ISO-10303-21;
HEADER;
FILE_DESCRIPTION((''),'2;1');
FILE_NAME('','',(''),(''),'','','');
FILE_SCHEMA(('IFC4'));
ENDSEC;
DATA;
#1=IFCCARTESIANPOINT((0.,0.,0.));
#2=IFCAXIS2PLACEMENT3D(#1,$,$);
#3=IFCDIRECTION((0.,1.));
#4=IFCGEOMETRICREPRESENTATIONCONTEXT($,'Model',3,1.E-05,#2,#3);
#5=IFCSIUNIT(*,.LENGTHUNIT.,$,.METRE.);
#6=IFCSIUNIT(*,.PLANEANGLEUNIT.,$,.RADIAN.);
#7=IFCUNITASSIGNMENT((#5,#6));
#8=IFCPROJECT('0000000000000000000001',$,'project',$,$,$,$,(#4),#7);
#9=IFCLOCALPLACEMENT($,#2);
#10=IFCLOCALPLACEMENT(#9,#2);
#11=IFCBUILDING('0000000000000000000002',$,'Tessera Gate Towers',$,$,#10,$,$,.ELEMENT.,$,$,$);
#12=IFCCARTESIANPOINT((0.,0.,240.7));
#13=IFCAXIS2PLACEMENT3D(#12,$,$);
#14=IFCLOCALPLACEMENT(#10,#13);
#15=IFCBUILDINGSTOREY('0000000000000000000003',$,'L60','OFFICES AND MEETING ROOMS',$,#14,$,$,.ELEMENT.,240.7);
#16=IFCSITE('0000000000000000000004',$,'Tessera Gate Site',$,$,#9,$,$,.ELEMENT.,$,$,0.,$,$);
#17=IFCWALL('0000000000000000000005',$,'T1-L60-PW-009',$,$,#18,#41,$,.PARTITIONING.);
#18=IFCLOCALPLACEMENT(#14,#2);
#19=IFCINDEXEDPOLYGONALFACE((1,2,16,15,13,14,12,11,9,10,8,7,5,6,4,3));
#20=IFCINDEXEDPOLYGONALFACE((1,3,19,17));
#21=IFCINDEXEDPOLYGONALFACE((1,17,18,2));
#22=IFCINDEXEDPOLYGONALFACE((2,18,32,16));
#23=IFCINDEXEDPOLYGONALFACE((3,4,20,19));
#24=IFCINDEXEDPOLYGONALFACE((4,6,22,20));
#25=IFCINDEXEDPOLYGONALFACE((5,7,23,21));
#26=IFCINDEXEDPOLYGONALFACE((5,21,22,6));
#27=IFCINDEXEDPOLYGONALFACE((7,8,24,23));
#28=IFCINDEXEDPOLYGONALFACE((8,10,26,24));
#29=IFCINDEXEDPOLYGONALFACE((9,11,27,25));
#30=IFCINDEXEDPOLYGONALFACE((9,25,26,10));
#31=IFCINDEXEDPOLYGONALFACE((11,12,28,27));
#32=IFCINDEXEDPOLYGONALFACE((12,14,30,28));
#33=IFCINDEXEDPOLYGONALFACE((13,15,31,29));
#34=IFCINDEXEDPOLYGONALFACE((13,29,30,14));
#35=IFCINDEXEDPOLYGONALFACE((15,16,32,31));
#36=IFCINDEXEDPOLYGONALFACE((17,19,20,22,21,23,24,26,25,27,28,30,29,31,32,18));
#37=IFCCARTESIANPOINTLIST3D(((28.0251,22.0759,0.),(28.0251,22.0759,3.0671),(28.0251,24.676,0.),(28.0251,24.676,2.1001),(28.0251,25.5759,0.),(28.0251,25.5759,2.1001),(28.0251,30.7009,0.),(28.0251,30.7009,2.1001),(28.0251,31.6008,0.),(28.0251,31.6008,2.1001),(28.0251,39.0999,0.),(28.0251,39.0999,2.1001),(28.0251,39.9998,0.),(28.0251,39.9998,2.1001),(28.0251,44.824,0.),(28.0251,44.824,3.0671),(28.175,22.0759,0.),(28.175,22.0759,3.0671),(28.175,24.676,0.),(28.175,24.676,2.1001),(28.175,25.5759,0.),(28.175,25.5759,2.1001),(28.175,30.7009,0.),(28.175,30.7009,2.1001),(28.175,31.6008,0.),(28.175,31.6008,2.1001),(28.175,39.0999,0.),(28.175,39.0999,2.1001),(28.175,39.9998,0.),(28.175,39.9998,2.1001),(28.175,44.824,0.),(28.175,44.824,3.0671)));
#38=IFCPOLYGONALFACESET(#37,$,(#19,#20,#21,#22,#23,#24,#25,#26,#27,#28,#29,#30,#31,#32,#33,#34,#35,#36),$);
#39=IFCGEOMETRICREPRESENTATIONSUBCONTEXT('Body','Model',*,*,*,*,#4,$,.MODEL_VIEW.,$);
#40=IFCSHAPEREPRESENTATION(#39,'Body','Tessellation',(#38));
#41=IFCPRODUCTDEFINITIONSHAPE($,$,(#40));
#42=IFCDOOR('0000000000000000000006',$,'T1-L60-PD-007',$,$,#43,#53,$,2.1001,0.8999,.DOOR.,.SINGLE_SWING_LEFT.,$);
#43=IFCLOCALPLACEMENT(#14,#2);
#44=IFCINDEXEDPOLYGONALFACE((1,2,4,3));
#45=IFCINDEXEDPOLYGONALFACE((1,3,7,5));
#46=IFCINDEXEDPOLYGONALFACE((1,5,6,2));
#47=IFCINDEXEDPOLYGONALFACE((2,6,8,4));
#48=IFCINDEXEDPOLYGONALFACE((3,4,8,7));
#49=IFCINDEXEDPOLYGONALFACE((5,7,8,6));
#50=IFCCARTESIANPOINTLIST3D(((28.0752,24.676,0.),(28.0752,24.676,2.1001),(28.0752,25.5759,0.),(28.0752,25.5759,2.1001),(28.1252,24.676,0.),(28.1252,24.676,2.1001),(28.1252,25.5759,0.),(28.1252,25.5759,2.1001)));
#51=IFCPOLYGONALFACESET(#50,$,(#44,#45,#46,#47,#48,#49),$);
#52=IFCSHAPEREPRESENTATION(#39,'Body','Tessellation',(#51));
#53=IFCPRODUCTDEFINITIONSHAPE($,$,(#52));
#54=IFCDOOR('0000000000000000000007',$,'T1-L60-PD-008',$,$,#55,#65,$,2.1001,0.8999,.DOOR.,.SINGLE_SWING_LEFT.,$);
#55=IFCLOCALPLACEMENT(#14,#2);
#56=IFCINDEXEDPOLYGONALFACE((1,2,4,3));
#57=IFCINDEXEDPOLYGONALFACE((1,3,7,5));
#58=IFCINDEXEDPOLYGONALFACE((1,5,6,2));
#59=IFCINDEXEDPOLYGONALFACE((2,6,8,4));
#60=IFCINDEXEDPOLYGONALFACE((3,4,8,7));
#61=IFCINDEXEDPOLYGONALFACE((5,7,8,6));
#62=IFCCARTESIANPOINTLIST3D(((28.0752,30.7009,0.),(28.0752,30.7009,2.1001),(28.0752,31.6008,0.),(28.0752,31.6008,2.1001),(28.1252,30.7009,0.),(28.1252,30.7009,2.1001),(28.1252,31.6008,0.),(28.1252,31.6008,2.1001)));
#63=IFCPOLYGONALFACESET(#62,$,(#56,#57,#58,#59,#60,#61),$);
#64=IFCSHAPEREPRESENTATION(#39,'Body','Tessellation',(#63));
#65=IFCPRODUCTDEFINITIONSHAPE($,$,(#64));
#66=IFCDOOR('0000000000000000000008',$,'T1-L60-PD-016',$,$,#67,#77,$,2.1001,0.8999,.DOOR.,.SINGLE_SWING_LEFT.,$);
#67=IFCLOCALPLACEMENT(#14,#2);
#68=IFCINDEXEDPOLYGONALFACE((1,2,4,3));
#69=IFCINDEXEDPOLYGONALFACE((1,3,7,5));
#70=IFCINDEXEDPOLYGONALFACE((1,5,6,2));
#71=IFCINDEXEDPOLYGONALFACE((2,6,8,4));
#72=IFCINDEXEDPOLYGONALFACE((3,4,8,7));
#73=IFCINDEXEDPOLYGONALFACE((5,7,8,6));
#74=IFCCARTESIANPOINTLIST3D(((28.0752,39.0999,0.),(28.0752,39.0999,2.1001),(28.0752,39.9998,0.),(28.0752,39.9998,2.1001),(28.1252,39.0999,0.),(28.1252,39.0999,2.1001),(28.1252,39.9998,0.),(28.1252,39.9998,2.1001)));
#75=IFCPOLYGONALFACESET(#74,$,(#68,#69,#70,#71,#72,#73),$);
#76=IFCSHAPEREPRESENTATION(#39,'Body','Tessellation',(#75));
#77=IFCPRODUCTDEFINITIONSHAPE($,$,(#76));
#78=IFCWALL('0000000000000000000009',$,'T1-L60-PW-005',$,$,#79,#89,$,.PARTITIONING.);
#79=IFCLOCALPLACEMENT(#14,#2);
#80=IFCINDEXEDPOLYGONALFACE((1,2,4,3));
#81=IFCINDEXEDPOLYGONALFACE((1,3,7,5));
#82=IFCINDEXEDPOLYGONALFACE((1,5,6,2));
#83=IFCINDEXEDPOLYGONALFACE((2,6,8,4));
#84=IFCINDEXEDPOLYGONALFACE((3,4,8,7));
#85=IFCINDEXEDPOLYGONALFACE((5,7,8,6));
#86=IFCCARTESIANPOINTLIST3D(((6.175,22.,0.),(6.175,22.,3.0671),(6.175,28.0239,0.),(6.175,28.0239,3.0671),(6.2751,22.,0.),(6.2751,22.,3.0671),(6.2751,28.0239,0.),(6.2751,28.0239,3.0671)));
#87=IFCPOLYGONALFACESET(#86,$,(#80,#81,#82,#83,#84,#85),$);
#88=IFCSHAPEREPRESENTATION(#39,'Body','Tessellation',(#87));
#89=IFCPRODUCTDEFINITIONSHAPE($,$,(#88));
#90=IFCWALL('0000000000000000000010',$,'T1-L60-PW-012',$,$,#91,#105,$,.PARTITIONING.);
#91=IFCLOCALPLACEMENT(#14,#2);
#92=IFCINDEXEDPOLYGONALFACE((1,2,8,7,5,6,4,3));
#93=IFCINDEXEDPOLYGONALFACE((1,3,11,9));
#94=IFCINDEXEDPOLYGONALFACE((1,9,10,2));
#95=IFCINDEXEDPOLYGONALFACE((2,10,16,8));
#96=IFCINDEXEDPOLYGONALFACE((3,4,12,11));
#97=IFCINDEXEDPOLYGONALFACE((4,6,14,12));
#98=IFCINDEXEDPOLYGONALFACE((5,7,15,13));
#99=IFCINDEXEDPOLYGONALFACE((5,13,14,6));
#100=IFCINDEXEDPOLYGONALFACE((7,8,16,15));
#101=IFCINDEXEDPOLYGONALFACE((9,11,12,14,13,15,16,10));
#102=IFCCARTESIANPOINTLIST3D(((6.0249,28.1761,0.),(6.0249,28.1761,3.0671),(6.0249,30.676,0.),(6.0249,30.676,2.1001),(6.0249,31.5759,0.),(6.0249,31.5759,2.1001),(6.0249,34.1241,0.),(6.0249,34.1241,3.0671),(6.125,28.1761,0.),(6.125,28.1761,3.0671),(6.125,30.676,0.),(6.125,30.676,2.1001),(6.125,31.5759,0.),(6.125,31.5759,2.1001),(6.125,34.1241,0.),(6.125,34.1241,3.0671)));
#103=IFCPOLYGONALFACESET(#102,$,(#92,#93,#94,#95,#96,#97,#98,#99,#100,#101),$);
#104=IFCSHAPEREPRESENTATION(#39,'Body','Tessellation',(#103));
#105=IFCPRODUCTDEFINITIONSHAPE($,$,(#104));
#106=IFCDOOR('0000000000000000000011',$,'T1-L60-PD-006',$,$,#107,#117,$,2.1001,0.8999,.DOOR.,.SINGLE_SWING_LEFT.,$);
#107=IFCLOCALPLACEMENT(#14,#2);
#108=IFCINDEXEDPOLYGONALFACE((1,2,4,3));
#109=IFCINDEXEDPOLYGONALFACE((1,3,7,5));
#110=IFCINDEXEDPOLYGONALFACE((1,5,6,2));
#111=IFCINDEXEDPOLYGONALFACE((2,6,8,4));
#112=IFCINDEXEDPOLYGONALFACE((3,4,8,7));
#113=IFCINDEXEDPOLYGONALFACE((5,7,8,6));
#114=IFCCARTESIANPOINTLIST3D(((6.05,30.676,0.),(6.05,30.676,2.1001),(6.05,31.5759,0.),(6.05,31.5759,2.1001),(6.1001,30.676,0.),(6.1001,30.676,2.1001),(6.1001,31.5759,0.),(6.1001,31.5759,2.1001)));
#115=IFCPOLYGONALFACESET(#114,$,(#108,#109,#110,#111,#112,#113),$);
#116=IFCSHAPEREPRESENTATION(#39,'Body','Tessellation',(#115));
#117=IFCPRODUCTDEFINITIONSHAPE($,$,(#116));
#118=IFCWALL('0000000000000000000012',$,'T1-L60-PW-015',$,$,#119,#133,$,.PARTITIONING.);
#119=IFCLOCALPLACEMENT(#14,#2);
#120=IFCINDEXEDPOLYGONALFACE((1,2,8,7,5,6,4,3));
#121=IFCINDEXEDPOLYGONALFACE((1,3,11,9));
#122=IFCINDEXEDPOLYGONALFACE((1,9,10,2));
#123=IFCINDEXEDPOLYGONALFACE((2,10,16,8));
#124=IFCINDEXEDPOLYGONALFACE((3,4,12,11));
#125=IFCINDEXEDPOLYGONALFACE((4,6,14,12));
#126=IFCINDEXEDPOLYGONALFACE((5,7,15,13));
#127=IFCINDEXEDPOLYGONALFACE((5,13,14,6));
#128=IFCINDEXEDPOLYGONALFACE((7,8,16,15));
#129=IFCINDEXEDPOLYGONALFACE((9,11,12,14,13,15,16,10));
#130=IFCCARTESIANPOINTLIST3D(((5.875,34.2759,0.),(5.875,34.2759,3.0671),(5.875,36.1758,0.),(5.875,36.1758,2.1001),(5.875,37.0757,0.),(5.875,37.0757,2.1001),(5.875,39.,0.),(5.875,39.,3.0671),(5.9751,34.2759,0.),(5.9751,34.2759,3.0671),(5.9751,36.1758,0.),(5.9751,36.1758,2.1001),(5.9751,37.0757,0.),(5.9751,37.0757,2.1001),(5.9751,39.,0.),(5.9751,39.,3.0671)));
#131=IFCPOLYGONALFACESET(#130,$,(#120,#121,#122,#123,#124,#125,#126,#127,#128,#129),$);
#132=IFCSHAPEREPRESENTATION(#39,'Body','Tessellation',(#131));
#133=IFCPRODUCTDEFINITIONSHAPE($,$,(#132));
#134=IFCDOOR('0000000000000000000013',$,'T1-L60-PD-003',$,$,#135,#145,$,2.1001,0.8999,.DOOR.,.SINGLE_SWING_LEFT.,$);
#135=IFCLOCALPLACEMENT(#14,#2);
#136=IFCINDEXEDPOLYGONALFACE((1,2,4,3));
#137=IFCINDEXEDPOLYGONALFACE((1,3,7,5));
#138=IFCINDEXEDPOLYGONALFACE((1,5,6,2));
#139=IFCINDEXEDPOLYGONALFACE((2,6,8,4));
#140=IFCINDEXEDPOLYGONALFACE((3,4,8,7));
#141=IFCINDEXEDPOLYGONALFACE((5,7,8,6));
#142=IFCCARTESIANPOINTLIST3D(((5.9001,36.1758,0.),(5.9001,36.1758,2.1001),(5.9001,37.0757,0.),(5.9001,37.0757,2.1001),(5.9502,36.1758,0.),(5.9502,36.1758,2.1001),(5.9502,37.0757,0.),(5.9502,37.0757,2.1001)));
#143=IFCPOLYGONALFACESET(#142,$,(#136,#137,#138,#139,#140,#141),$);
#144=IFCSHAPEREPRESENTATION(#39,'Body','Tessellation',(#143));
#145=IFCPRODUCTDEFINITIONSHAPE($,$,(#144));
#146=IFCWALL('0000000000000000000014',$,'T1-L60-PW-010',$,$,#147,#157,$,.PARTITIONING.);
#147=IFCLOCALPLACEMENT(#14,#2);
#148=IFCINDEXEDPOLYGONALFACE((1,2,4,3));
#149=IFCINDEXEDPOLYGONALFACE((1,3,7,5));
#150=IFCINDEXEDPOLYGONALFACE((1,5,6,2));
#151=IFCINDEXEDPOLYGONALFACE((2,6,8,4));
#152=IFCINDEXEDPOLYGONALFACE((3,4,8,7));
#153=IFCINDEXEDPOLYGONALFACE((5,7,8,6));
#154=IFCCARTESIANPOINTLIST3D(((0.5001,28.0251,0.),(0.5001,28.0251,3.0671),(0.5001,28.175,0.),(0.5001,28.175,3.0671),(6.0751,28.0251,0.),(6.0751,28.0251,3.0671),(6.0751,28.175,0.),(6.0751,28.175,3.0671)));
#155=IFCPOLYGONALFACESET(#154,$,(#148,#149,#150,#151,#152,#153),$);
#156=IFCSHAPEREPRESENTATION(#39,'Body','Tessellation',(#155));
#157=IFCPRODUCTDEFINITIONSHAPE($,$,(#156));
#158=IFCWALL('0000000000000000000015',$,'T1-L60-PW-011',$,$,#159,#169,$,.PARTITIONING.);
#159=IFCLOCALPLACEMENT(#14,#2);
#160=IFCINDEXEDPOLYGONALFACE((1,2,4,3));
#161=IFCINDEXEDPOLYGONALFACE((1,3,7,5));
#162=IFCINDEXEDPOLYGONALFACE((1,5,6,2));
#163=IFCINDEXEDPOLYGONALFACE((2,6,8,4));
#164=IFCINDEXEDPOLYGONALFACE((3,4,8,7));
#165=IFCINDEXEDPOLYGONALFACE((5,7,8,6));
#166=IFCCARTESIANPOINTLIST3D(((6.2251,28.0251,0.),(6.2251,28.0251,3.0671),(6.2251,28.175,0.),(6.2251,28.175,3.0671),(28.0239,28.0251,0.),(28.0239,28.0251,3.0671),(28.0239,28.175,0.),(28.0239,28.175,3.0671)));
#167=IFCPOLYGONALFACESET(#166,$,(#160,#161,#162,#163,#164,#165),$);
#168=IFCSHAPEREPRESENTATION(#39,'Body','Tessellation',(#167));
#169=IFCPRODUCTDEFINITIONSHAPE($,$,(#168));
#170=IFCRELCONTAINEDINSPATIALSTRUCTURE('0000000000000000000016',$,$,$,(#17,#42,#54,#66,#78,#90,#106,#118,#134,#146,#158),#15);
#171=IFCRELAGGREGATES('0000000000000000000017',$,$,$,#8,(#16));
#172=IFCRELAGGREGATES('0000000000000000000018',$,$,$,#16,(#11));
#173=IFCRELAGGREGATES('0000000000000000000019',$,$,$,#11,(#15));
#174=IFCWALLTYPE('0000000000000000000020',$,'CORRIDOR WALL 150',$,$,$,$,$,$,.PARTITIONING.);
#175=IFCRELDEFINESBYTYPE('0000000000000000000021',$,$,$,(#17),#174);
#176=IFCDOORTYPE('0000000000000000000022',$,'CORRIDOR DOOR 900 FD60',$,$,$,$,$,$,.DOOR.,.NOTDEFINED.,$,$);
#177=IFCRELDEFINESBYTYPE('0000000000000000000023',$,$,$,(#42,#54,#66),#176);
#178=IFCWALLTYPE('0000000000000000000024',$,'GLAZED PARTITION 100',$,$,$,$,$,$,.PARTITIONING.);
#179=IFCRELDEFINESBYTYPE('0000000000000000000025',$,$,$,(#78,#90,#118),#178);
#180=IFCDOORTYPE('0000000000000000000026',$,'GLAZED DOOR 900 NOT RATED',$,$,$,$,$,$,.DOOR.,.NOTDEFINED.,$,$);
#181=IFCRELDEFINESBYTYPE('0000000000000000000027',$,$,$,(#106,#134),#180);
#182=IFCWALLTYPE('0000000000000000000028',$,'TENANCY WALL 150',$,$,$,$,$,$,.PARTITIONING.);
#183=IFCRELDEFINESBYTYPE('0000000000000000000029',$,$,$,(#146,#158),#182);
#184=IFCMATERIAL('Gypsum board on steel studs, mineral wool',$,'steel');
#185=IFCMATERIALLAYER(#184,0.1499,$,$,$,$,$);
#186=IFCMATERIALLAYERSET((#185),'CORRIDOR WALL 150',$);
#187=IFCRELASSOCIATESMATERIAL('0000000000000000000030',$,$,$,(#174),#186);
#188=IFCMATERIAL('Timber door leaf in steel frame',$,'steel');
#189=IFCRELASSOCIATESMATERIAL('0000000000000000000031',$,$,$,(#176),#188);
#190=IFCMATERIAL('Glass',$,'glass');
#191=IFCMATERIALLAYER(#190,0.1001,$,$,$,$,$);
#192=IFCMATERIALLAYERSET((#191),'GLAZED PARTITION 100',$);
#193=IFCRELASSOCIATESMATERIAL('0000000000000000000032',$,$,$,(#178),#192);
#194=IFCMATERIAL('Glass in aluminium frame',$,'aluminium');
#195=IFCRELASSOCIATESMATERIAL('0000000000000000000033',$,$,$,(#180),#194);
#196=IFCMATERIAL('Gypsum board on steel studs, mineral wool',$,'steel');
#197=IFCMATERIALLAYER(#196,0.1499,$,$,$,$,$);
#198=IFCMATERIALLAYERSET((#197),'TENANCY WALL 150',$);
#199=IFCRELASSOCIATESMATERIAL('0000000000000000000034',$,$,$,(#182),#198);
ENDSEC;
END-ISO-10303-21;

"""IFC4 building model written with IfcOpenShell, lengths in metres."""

from ifc_helpers import new_model, si_unit, direction, frame, frame_2d, origin, place, context, subcontext, project, spatial, rectangle, extrude, source, transform, mapped, material, layer, layer_set, type_object, element, fill, save


model = new_model("IFC4")

# Units and contexts
model_context = context("Model", 3, precision=1e-05, world=origin(), true_north=direction((0.0, 1.0)))
body_context = subcontext(model_context, "Body", "Model", "MODEL_VIEW")
ifc_project = project(units=[si_unit("LENGTHUNIT", "METRE"), si_unit("PLANEANGLEUNIT", "RADIAN")], contexts=[model_context])

# Site, building, storey
site_placement = place(None, origin())
site = spatial("IfcSite", under=ifc_project, at=site_placement, Name="Tessera Gate Site", CompositionType="ELEMENT", RefElevation=0.0)
building_placement = place(site_placement, origin())
building = spatial("IfcBuilding", under=site, at=building_placement, Name="Tessera Gate Towers", CompositionType="ELEMENT")
storey_placement = place(building_placement, frame((0.0, 0.0, 240.7)))
storey = spatial("IfcBuildingStorey", under=building, at=storey_placement, Name="L60", Description="OFFICES AND MEETING ROOMS", CompositionType="ELEMENT", Elevation=240.7)

# Wall, openings, doors
ifc_material_1 = material(Name="Gypsum board on steel studs, mineral wool", Category="steel")
ifc_layer_1 = layer(ifc_material_1, 0.1499)
ifc_layer_set_1 = layer_set([ifc_layer_1], Name="CORRIDOR WALL 150")
wall_type_1 = type_object("IfcWallType", Name="CORRIDOR WALL 150", PredefinedType="PARTITIONING", material=ifc_layer_set_1)
wall_1_placement = place(storey_placement, frame((28.1001, 22.0759, 0.0), z_axis=(0.0, 0.0, 1.0), x_axis=(0.0, 1.0, 0.0)))
wall_1 = element("IfcWall", 1, at=wall_1_placement, inside=storey, type_object=wall_type_1, Name="T1-L60-PW-009", PredefinedType="PARTITIONING", context=body_context, shape_type="SweptSolid", body=[
    extrude(rectangle(XDim=22.748, YDim=0.1499, at=frame_2d((11.374, 0.0))), origin(), (0.0, 0.0, 1.0), 3.0671),
])
shared_shape_1 = source(origin(), body_context, "Body", "SweptSolid", [
    extrude(rectangle(XDim=0.8999, YDim=2.1001, at=frame_2d((0.45, 1.05))), frame((0.0, 0.085, 0.0), z_axis=(0.0, -1.0, 0.0), x_axis=(1.0, 0.0, 0.0)), (0.0, 0.0, 1.0), 0.1699),
])
opening_1_placement = place(wall_1_placement, frame((2.6001, 0.0, 0.0)))
opening_1 = element("IfcOpeningElement", 2, at=opening_1_placement, cuts=wall_1, PredefinedType="OPENING", context=body_context, shape_type="MappedRepresentation", body=[
    mapped(shared_shape_1, transform((0.0, 0.0, 0.0), scale=1.0)),
])
opening_2_placement = place(wall_1_placement, frame((8.625, 0.0, 0.0)))
opening_2 = element("IfcOpeningElement", 3, at=opening_2_placement, cuts=wall_1, PredefinedType="OPENING", context=body_context, shape_type="MappedRepresentation", body=[
    mapped(shared_shape_1, transform((0.0, 0.0, 0.0), scale=1.0)),
])
opening_3_placement = place(wall_1_placement, frame((17.0239, 0.0, 0.0)))
opening_3 = element("IfcOpeningElement", 4, at=opening_3_placement, cuts=wall_1, PredefinedType="OPENING", context=body_context, shape_type="MappedRepresentation", body=[
    mapped(shared_shape_1, transform((0.0, 0.0, 0.0), scale=1.0)),
])
ifc_material_2 = material(Name="Timber door leaf in steel frame", Category="steel")
door_type_1 = type_object("IfcDoorType", Name="CORRIDOR DOOR 900 FD60", OperationType="NOTDEFINED", PredefinedType="DOOR", material=ifc_material_2)
shared_shape_2 = source(origin(), body_context, "Body", "SweptSolid", [
    extrude(rectangle(XDim=0.8999, YDim=2.1001, at=frame_2d((0.45, 1.05))), frame((0.0, 0.0249, 0.0), z_axis=(0.0, -1.0, 0.0), x_axis=(1.0, 0.0, 0.0)), (0.0, 0.0, 1.0), 0.05),
])
door_1_placement = place(opening_1_placement, origin())
door_1 = element("IfcDoor", 5, at=door_1_placement, inside=storey, type_object=door_type_1, Name="T1-L60-PD-007", OperationType="SINGLE_SWING_LEFT", OverallHeight=2.1001, OverallWidth=0.8999, PredefinedType="DOOR", context=body_context, shape_type="MappedRepresentation", body=[
    mapped(shared_shape_2, transform((0.0, 0.0, 0.0), scale=1.0)),
])
fill(opening_1, door_1)
door_2_placement = place(opening_2_placement, origin())
door_2 = element("IfcDoor", 6, at=door_2_placement, inside=storey, type_object=door_type_1, Name="T1-L60-PD-008", OperationType="SINGLE_SWING_LEFT", OverallHeight=2.1001, OverallWidth=0.8999, PredefinedType="DOOR", context=body_context, shape_type="MappedRepresentation", body=[
    mapped(shared_shape_2, transform((0.0, 0.0, 0.0), scale=1.0)),
])
fill(opening_2, door_2)
door_3_placement = place(opening_3_placement, origin())
door_3 = element("IfcDoor", 7, at=door_3_placement, inside=storey, type_object=door_type_1, Name="T1-L60-PD-016", OperationType="SINGLE_SWING_LEFT", OverallHeight=2.1001, OverallWidth=0.8999, PredefinedType="DOOR", context=body_context, shape_type="MappedRepresentation", body=[
    mapped(shared_shape_2, transform((0.0, 0.0, 0.0), scale=1.0)),
])
fill(opening_3, door_3)

# Wall
ifc_material_3 = material(Name="Glass", Category="glass")
ifc_layer_2 = layer(ifc_material_3, 0.1001)
ifc_layer_set_2 = layer_set([ifc_layer_2], Name="GLAZED PARTITION 100")
wall_type_2 = type_object("IfcWallType", Name="GLAZED PARTITION 100", PredefinedType="PARTITIONING", material=ifc_layer_set_2)
wall_2_placement = place(storey_placement, frame((6.2251, 22.0, 0.0), z_axis=(0.0, 0.0, 1.0), x_axis=(0.0, 1.0, 0.0)))
element("IfcWall", 8, at=wall_2_placement, inside=storey, type_object=wall_type_2, Name="T1-L60-PW-005", PredefinedType="PARTITIONING", context=body_context, shape_type="SweptSolid", body=[
    extrude(rectangle(XDim=6.0239, YDim=0.1001, at=frame_2d((3.012, 0.0))), origin(), (0.0, 0.0, 1.0), 3.0671),
])

# Walls, openings, doors
wall_3_placement = place(storey_placement, frame((6.075, 28.176, 0.0), z_axis=(0.0, 0.0, 1.0), x_axis=(0.0, 1.0, 0.0)))
wall_3 = element("IfcWall", 9, at=wall_3_placement, inside=storey, type_object=wall_type_2, Name="T1-L60-PW-012", PredefinedType="PARTITIONING", context=body_context, shape_type="SweptSolid", body=[
    extrude(rectangle(XDim=5.948, YDim=0.1001, at=frame_2d((2.9741, 0.0))), origin(), (0.0, 0.0, 1.0), 3.0671),
])
shared_shape_3 = source(origin(), body_context, "Body", "SweptSolid", [
    extrude(rectangle(XDim=0.8999, YDim=2.1001, at=frame_2d((0.45, 1.05))), frame((0.0, 0.0601, 0.0), z_axis=(0.0, -1.0, 0.0), x_axis=(1.0, 0.0, 0.0)), (0.0, 0.0, 1.0), 0.1201),
])
opening_4_placement = place(wall_3_placement, frame((2.5, 0.0, 0.0)))
opening_4 = element("IfcOpeningElement", 10, at=opening_4_placement, cuts=wall_3, PredefinedType="OPENING", context=body_context, shape_type="MappedRepresentation", body=[
    mapped(shared_shape_3, transform((0.0, 0.0, 0.0), scale=1.0)),
])
ifc_material_4 = material(Name="Glass in aluminium frame", Category="aluminium")
door_type_2 = type_object("IfcDoorType", Name="GLAZED DOOR 900 NOT RATED", OperationType="NOTDEFINED", PredefinedType="DOOR", material=ifc_material_4)
door_4_placement = place(opening_4_placement, origin())
door_4 = element("IfcDoor", 11, at=door_4_placement, inside=storey, type_object=door_type_2, Name="T1-L60-PD-006", OperationType="SINGLE_SWING_LEFT", OverallHeight=2.1001, OverallWidth=0.8999, PredefinedType="DOOR", context=body_context, shape_type="MappedRepresentation", body=[
    mapped(shared_shape_2, transform((0.0, 0.0, 0.0), scale=1.0)),
])
fill(opening_4, door_4)
wall_4_placement = place(storey_placement, frame((5.925, 34.2759, 0.0), z_axis=(0.0, 0.0, 1.0), x_axis=(0.0, 1.0, 0.0)))
wall_4 = element("IfcWall", 12, at=wall_4_placement, inside=storey, type_object=wall_type_2, Name="T1-L60-PW-015", PredefinedType="PARTITIONING", context=body_context, shape_type="SweptSolid", body=[
    extrude(rectangle(XDim=4.7241, YDim=0.1001, at=frame_2d((2.3621, 0.0))), origin(), (0.0, 0.0, 1.0), 3.0671),
])
opening_5_placement = place(wall_4_placement, frame((1.8999, 0.0, 0.0)))
opening_5 = element("IfcOpeningElement", 13, at=opening_5_placement, cuts=wall_4, PredefinedType="OPENING", context=body_context, shape_type="MappedRepresentation", body=[
    mapped(shared_shape_3, transform((0.0, 0.0, 0.0), scale=1.0)),
])
door_5_placement = place(opening_5_placement, origin())
door_5 = element("IfcDoor", 14, at=door_5_placement, inside=storey, type_object=door_type_2, Name="T1-L60-PD-003", OperationType="SINGLE_SWING_LEFT", OverallHeight=2.1001, OverallWidth=0.8999, PredefinedType="DOOR", context=body_context, shape_type="MappedRepresentation", body=[
    mapped(shared_shape_2, transform((0.0, 0.0, 0.0), scale=1.0)),
])
fill(opening_5, door_5)

# Walls
ifc_material_5 = material(Name="Gypsum board on steel studs, mineral wool", Category="steel")
ifc_layer_3 = layer(ifc_material_5, 0.1499)
ifc_layer_set_3 = layer_set([ifc_layer_3], Name="TENANCY WALL 150")
wall_type_3 = type_object("IfcWallType", Name="TENANCY WALL 150", PredefinedType="PARTITIONING", material=ifc_layer_set_3)
wall_5_placement = place(storey_placement, frame((0.5, 28.1001, 0.0), z_axis=(0.0, 0.0, 1.0), x_axis=(1.0, 0.0, 0.0)))
element("IfcWall", 15, at=wall_5_placement, inside=storey, type_object=wall_type_3, Name="T1-L60-PW-010", PredefinedType="PARTITIONING", context=body_context, shape_type="SweptSolid", body=[
    extrude(rectangle(XDim=5.575, YDim=0.1499, at=frame_2d((2.7876, 0.0))), origin(), (0.0, 0.0, 1.0), 3.0671),
])
wall_6_placement = place(storey_placement, frame((6.2251, 28.1001, 0.0), z_axis=(0.0, 0.0, 1.0), x_axis=(1.0, 0.0, 0.0)))
element("IfcWall", 16, at=wall_6_placement, inside=storey, type_object=wall_type_3, Name="T1-L60-PW-011", PredefinedType="PARTITIONING", context=body_context, shape_type="SweptSolid", body=[
    extrude(rectangle(XDim=21.7988, YDim=0.1499, at=frame_2d((10.8994, 0.0))), origin(), (0.0, 0.0, 1.0), 3.0671),
])

save(model, "model.ifc")
